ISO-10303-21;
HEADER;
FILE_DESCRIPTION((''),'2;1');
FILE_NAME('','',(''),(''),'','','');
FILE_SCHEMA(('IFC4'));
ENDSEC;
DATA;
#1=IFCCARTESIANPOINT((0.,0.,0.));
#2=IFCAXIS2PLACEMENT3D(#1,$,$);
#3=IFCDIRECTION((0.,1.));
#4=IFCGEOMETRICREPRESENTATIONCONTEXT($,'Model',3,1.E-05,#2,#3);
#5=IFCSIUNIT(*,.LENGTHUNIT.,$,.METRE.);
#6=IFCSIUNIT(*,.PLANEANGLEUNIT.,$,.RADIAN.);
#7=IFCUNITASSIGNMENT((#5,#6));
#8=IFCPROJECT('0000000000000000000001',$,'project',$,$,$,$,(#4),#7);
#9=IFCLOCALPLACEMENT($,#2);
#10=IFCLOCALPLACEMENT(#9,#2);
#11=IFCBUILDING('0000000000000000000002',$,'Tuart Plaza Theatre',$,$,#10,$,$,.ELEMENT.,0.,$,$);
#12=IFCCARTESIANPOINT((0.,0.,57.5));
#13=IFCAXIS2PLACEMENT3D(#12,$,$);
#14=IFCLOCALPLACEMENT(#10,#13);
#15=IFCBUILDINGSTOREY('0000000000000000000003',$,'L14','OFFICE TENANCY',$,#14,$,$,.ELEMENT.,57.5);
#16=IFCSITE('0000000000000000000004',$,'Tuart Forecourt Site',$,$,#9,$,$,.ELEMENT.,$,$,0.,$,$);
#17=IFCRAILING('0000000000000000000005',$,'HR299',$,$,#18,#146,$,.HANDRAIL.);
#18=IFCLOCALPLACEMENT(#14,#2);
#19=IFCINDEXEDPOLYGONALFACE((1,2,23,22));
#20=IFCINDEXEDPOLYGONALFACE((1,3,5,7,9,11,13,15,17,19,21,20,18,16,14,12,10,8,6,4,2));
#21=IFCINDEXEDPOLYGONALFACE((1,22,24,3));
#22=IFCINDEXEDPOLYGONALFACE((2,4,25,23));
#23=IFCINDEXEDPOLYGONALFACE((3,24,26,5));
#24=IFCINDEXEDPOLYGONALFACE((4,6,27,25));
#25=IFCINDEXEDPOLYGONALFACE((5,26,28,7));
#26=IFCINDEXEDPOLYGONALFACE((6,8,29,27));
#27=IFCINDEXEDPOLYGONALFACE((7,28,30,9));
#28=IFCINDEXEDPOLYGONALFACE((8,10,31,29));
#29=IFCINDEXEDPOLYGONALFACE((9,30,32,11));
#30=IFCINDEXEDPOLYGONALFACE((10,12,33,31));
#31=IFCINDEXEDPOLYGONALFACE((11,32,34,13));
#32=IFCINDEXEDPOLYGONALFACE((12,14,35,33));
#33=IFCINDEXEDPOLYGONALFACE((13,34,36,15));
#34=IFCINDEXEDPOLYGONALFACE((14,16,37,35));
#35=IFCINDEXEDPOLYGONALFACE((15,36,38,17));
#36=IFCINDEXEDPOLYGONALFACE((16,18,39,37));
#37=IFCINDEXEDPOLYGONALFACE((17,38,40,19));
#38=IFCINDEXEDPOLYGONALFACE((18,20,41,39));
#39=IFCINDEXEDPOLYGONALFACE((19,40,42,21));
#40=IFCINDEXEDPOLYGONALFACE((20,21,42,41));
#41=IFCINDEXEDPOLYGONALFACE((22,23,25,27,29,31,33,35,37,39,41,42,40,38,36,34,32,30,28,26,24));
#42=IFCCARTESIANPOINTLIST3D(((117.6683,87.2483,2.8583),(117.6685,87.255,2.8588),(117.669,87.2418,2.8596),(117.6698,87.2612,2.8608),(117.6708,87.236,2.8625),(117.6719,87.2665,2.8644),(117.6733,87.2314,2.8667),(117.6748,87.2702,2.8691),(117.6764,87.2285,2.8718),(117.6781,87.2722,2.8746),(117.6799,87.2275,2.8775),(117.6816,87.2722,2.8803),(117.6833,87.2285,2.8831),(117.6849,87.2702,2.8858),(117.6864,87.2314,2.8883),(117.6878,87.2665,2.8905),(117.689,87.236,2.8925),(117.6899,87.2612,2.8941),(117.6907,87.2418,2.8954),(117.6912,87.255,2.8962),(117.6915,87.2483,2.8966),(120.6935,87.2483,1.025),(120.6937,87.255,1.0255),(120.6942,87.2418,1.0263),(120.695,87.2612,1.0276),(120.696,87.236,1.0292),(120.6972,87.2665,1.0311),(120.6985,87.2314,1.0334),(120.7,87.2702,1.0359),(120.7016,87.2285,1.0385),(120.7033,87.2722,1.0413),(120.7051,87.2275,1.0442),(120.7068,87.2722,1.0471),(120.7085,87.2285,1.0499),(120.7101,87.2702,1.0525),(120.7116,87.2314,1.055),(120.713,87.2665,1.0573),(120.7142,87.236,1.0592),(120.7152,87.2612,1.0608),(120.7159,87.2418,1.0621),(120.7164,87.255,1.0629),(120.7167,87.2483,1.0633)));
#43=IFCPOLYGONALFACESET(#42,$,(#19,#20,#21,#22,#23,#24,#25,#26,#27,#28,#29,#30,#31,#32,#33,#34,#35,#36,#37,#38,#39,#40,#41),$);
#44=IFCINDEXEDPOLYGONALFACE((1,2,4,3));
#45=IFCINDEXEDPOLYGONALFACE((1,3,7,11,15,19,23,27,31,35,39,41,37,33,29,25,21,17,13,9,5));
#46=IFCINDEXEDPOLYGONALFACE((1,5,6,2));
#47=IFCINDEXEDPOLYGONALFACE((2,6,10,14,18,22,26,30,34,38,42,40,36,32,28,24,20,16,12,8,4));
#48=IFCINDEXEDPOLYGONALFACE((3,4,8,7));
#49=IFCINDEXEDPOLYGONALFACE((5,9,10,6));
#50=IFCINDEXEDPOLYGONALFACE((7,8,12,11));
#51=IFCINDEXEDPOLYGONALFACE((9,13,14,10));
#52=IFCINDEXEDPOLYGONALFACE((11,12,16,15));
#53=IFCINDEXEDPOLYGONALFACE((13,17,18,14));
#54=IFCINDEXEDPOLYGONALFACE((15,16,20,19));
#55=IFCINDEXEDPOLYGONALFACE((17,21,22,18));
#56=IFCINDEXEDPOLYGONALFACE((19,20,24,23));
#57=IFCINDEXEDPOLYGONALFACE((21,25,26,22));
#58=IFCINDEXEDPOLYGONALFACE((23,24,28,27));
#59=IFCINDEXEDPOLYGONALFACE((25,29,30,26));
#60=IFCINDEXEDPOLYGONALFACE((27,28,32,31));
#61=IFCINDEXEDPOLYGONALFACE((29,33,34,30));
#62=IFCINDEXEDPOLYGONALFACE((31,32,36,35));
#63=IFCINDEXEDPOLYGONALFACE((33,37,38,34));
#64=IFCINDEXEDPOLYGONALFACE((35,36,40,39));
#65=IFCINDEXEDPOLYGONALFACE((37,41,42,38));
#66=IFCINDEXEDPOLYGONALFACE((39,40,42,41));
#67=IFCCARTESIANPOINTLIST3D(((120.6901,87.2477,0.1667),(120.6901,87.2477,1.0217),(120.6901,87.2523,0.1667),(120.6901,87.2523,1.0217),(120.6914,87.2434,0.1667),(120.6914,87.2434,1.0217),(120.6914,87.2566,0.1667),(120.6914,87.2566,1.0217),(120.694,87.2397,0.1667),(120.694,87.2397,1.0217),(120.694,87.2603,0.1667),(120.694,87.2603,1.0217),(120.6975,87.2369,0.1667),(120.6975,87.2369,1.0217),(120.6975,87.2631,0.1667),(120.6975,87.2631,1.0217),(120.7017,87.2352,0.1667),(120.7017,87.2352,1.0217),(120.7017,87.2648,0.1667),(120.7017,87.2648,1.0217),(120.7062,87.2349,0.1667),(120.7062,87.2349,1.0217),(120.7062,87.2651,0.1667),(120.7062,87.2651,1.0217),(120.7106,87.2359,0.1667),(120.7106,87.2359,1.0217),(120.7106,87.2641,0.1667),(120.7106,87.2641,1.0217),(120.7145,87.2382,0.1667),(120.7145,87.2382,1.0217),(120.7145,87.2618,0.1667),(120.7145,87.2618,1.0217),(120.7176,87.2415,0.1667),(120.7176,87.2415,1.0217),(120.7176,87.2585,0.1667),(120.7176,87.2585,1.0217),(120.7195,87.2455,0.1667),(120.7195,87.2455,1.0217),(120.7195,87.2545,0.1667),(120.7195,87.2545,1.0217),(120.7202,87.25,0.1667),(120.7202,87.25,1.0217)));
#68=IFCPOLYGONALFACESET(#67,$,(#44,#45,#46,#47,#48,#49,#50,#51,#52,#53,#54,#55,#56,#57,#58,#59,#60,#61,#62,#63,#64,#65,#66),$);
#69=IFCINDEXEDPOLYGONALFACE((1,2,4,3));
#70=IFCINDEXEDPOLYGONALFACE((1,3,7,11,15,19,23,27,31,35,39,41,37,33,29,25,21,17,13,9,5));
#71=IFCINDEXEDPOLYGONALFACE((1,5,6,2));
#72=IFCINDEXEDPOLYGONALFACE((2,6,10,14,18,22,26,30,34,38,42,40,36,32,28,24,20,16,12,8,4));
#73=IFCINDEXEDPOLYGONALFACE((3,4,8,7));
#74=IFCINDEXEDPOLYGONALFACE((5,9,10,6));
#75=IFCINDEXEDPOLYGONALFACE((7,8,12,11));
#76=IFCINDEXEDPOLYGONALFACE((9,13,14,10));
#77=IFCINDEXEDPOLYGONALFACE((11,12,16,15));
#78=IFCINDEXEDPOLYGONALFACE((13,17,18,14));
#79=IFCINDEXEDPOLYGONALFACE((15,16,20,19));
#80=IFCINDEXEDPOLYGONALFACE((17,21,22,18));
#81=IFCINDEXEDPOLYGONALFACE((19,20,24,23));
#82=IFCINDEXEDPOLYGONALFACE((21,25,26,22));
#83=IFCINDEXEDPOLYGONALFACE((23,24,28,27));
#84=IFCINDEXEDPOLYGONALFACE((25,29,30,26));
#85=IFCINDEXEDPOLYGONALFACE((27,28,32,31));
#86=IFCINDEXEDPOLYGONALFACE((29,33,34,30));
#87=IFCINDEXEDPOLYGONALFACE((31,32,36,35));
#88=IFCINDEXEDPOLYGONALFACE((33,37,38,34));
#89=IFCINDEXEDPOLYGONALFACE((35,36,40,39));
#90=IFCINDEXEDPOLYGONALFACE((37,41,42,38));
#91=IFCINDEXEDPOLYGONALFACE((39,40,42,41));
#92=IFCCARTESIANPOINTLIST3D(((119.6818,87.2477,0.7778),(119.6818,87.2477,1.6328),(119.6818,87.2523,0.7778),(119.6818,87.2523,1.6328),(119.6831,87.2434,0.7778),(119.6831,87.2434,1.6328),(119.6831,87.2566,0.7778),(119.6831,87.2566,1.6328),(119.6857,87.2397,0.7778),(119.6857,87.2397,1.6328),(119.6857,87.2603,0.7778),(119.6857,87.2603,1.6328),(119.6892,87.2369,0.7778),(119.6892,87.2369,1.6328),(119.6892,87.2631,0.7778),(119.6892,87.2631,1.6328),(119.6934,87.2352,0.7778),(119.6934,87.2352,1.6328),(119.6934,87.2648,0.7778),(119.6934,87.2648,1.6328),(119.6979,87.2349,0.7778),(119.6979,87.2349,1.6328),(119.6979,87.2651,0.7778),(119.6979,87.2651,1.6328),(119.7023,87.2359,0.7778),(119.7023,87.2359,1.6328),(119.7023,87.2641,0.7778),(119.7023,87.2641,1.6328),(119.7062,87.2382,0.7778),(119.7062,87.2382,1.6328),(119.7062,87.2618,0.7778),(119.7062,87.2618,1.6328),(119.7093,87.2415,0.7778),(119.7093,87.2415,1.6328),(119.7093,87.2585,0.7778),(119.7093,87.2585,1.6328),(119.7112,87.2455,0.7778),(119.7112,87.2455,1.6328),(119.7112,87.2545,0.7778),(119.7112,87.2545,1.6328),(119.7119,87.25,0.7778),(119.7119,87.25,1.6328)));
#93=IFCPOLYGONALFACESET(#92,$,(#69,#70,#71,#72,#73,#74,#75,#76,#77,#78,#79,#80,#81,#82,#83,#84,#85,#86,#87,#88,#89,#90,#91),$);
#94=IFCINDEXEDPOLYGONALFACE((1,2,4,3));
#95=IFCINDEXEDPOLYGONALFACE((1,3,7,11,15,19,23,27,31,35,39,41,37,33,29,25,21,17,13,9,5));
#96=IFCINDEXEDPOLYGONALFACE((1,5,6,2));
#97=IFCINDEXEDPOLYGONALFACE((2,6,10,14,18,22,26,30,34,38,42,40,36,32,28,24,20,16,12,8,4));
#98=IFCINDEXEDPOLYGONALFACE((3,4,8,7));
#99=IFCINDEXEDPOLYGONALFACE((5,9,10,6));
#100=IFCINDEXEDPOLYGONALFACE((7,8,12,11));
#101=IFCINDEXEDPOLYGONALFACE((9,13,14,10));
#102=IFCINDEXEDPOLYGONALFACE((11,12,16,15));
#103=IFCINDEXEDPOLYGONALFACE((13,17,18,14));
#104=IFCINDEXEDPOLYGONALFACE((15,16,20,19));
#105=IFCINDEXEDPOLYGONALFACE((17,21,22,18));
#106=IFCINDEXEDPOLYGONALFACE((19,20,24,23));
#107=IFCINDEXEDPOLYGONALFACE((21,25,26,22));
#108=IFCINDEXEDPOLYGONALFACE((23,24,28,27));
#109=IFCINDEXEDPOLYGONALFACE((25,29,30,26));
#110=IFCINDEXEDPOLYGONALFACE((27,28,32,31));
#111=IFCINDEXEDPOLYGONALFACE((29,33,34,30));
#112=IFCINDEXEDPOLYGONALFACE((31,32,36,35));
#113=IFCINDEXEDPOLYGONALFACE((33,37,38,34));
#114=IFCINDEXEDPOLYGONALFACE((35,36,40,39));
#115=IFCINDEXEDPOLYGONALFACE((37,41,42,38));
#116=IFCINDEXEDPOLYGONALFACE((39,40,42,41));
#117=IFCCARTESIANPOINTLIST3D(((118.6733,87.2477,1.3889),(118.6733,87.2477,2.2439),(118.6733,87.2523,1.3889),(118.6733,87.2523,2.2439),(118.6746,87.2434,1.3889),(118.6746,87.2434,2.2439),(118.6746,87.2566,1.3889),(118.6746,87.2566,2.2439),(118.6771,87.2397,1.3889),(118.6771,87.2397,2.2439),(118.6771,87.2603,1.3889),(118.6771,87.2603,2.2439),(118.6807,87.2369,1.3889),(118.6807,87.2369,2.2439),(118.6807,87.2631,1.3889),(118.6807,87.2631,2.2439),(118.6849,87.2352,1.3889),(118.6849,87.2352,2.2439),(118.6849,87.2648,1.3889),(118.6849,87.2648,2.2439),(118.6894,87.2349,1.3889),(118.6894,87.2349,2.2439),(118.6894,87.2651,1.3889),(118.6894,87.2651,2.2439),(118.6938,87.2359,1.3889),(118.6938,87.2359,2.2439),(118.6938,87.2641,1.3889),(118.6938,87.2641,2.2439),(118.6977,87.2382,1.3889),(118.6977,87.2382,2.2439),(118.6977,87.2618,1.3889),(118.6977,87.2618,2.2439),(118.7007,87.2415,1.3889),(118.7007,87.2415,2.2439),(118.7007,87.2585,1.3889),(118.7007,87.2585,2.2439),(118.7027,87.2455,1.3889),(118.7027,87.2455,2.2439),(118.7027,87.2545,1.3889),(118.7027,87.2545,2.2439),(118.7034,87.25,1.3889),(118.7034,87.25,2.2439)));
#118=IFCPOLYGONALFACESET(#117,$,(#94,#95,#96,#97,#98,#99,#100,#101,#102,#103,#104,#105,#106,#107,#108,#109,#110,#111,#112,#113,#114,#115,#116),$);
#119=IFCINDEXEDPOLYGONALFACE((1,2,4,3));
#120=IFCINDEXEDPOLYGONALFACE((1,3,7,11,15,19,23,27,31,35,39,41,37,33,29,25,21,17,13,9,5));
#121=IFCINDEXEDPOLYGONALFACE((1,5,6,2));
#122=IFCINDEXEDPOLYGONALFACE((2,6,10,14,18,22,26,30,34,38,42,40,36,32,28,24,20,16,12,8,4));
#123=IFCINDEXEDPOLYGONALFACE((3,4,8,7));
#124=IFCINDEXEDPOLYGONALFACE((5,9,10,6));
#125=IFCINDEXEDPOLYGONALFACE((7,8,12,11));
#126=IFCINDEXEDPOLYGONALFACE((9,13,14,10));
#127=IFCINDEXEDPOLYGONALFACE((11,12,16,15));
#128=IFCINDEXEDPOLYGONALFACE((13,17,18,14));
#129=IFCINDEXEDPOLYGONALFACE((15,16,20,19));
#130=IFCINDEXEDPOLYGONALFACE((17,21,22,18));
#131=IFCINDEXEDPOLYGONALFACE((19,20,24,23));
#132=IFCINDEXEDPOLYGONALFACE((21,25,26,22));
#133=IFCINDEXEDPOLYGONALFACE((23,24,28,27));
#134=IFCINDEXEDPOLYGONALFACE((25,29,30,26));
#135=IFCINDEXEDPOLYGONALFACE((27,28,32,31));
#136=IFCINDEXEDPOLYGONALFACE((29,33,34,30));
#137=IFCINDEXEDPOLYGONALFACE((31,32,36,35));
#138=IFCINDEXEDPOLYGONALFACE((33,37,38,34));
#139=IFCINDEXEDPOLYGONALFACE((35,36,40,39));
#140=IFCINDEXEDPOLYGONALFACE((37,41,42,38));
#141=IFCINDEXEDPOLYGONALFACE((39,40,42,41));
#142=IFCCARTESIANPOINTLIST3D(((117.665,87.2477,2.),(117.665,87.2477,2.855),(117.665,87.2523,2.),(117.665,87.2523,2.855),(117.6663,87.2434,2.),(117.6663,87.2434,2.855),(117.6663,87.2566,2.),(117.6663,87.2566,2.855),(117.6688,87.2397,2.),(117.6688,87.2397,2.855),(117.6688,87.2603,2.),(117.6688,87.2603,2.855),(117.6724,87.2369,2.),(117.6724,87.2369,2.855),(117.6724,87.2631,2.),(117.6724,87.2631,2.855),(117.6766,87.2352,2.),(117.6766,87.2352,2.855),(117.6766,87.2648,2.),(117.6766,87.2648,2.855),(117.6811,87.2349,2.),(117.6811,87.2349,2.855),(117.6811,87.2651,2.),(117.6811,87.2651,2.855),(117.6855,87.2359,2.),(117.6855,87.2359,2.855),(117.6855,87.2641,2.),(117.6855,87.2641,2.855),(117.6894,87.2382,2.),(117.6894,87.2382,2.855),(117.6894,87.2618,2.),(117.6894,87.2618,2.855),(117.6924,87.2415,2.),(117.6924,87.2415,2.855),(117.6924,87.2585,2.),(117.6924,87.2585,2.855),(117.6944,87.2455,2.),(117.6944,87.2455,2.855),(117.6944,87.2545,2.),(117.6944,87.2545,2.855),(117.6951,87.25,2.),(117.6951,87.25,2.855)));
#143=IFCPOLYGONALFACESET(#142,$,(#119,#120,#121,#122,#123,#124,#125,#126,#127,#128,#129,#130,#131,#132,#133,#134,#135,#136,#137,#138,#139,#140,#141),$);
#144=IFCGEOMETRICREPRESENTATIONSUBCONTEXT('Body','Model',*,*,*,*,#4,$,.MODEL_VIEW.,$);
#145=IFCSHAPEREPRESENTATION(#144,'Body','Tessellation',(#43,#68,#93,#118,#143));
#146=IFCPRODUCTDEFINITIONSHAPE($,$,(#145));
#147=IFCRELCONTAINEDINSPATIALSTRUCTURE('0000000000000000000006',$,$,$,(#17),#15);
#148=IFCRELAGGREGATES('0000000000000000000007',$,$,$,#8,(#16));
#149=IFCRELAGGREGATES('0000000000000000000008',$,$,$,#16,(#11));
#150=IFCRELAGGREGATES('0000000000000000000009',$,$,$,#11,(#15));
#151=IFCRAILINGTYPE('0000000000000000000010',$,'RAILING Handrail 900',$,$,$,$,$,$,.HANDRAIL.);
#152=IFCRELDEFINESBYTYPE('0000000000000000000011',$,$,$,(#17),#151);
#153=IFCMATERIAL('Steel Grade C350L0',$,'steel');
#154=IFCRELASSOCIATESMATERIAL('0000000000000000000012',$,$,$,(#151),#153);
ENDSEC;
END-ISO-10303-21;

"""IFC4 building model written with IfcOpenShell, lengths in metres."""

from ifc_helpers import new_model, si_unit, direction, frame, origin, origin_2d, place, context, subcontext, project, spatial, circle, extrude, material, type_object, element, save


model = new_model("IFC4")

# Units and contexts
model_context = context("Model", 3, precision=1e-05, world=origin(), true_north=direction((0.0, 1.0)))
body_context = subcontext(model_context, "Body", "Model", "MODEL_VIEW")
ifc_project = project(units=[si_unit("LENGTHUNIT", "METRE"), si_unit("PLANEANGLEUNIT", "RADIAN")], contexts=[model_context])

# Site, building, storey
site_placement = place(None, origin())
site = spatial("IfcSite", under=ifc_project, at=site_placement, Name="Tuart Forecourt Site", CompositionType="ELEMENT", RefElevation=0.0)
building_placement = place(site_placement, origin())
building = spatial("IfcBuilding", under=site, at=building_placement, Name="Tuart Plaza Theatre", CompositionType="ELEMENT", ElevationOfRefHeight=0.0)
storey_placement = place(building_placement, frame((0.0, 0.0, 57.5)))
storey = spatial("IfcBuildingStorey", under=building, at=storey_placement, Name="L14", Description="OFFICE TENANCY", CompositionType="ELEMENT", Elevation=57.5)

# Railing
ifc_material_1 = material(Name="Steel Grade C350L0", Category="steel")
railing_type_1 = type_object("IfcRailingType", Name="RAILING Handrail 900", PredefinedType="HANDRAIL", material=ifc_material_1)
for number, where, name in (
    (1, (120.7051, 87.25, 0.1667), "HR299"),
):
    element("IfcRailing", number, at=place(storey_placement, frame(where)), inside=storey, type_object=railing_type_1, Name=name, PredefinedType="HANDRAIL", context=body_context, shape_type="SweptSolid", body=[
        extrude(circle(Radius=0.0225, at=origin_2d()), frame((0.0, 0.0, 0.8774), z_axis=(-0.855219, 0.0, 0.518267), x_axis=(0.0, -1.0, 0.0)), (0.0, 0.0, 1.0), 3.5374),
        extrude(circle(Radius=0.0151, at=origin_2d()), origin(), (0.0, 0.0, 1.0), 0.855),
        extrude(circle(Radius=0.0151, at=origin_2d()), frame((-1.0083, 0.0, 0.6111)), (0.0, 0.0, 1.0), 0.855),
        extrude(circle(Radius=0.0151, at=origin_2d()), frame((-2.0168, 0.0, 1.2222)), (0.0, 0.0, 1.0), 0.855),
        extrude(circle(Radius=0.0151, at=origin_2d()), frame((-3.0251, 0.0, 1.8333)), (0.0, 0.0, 1.0), 0.855),
    ])

save(model, "model.ifc")
